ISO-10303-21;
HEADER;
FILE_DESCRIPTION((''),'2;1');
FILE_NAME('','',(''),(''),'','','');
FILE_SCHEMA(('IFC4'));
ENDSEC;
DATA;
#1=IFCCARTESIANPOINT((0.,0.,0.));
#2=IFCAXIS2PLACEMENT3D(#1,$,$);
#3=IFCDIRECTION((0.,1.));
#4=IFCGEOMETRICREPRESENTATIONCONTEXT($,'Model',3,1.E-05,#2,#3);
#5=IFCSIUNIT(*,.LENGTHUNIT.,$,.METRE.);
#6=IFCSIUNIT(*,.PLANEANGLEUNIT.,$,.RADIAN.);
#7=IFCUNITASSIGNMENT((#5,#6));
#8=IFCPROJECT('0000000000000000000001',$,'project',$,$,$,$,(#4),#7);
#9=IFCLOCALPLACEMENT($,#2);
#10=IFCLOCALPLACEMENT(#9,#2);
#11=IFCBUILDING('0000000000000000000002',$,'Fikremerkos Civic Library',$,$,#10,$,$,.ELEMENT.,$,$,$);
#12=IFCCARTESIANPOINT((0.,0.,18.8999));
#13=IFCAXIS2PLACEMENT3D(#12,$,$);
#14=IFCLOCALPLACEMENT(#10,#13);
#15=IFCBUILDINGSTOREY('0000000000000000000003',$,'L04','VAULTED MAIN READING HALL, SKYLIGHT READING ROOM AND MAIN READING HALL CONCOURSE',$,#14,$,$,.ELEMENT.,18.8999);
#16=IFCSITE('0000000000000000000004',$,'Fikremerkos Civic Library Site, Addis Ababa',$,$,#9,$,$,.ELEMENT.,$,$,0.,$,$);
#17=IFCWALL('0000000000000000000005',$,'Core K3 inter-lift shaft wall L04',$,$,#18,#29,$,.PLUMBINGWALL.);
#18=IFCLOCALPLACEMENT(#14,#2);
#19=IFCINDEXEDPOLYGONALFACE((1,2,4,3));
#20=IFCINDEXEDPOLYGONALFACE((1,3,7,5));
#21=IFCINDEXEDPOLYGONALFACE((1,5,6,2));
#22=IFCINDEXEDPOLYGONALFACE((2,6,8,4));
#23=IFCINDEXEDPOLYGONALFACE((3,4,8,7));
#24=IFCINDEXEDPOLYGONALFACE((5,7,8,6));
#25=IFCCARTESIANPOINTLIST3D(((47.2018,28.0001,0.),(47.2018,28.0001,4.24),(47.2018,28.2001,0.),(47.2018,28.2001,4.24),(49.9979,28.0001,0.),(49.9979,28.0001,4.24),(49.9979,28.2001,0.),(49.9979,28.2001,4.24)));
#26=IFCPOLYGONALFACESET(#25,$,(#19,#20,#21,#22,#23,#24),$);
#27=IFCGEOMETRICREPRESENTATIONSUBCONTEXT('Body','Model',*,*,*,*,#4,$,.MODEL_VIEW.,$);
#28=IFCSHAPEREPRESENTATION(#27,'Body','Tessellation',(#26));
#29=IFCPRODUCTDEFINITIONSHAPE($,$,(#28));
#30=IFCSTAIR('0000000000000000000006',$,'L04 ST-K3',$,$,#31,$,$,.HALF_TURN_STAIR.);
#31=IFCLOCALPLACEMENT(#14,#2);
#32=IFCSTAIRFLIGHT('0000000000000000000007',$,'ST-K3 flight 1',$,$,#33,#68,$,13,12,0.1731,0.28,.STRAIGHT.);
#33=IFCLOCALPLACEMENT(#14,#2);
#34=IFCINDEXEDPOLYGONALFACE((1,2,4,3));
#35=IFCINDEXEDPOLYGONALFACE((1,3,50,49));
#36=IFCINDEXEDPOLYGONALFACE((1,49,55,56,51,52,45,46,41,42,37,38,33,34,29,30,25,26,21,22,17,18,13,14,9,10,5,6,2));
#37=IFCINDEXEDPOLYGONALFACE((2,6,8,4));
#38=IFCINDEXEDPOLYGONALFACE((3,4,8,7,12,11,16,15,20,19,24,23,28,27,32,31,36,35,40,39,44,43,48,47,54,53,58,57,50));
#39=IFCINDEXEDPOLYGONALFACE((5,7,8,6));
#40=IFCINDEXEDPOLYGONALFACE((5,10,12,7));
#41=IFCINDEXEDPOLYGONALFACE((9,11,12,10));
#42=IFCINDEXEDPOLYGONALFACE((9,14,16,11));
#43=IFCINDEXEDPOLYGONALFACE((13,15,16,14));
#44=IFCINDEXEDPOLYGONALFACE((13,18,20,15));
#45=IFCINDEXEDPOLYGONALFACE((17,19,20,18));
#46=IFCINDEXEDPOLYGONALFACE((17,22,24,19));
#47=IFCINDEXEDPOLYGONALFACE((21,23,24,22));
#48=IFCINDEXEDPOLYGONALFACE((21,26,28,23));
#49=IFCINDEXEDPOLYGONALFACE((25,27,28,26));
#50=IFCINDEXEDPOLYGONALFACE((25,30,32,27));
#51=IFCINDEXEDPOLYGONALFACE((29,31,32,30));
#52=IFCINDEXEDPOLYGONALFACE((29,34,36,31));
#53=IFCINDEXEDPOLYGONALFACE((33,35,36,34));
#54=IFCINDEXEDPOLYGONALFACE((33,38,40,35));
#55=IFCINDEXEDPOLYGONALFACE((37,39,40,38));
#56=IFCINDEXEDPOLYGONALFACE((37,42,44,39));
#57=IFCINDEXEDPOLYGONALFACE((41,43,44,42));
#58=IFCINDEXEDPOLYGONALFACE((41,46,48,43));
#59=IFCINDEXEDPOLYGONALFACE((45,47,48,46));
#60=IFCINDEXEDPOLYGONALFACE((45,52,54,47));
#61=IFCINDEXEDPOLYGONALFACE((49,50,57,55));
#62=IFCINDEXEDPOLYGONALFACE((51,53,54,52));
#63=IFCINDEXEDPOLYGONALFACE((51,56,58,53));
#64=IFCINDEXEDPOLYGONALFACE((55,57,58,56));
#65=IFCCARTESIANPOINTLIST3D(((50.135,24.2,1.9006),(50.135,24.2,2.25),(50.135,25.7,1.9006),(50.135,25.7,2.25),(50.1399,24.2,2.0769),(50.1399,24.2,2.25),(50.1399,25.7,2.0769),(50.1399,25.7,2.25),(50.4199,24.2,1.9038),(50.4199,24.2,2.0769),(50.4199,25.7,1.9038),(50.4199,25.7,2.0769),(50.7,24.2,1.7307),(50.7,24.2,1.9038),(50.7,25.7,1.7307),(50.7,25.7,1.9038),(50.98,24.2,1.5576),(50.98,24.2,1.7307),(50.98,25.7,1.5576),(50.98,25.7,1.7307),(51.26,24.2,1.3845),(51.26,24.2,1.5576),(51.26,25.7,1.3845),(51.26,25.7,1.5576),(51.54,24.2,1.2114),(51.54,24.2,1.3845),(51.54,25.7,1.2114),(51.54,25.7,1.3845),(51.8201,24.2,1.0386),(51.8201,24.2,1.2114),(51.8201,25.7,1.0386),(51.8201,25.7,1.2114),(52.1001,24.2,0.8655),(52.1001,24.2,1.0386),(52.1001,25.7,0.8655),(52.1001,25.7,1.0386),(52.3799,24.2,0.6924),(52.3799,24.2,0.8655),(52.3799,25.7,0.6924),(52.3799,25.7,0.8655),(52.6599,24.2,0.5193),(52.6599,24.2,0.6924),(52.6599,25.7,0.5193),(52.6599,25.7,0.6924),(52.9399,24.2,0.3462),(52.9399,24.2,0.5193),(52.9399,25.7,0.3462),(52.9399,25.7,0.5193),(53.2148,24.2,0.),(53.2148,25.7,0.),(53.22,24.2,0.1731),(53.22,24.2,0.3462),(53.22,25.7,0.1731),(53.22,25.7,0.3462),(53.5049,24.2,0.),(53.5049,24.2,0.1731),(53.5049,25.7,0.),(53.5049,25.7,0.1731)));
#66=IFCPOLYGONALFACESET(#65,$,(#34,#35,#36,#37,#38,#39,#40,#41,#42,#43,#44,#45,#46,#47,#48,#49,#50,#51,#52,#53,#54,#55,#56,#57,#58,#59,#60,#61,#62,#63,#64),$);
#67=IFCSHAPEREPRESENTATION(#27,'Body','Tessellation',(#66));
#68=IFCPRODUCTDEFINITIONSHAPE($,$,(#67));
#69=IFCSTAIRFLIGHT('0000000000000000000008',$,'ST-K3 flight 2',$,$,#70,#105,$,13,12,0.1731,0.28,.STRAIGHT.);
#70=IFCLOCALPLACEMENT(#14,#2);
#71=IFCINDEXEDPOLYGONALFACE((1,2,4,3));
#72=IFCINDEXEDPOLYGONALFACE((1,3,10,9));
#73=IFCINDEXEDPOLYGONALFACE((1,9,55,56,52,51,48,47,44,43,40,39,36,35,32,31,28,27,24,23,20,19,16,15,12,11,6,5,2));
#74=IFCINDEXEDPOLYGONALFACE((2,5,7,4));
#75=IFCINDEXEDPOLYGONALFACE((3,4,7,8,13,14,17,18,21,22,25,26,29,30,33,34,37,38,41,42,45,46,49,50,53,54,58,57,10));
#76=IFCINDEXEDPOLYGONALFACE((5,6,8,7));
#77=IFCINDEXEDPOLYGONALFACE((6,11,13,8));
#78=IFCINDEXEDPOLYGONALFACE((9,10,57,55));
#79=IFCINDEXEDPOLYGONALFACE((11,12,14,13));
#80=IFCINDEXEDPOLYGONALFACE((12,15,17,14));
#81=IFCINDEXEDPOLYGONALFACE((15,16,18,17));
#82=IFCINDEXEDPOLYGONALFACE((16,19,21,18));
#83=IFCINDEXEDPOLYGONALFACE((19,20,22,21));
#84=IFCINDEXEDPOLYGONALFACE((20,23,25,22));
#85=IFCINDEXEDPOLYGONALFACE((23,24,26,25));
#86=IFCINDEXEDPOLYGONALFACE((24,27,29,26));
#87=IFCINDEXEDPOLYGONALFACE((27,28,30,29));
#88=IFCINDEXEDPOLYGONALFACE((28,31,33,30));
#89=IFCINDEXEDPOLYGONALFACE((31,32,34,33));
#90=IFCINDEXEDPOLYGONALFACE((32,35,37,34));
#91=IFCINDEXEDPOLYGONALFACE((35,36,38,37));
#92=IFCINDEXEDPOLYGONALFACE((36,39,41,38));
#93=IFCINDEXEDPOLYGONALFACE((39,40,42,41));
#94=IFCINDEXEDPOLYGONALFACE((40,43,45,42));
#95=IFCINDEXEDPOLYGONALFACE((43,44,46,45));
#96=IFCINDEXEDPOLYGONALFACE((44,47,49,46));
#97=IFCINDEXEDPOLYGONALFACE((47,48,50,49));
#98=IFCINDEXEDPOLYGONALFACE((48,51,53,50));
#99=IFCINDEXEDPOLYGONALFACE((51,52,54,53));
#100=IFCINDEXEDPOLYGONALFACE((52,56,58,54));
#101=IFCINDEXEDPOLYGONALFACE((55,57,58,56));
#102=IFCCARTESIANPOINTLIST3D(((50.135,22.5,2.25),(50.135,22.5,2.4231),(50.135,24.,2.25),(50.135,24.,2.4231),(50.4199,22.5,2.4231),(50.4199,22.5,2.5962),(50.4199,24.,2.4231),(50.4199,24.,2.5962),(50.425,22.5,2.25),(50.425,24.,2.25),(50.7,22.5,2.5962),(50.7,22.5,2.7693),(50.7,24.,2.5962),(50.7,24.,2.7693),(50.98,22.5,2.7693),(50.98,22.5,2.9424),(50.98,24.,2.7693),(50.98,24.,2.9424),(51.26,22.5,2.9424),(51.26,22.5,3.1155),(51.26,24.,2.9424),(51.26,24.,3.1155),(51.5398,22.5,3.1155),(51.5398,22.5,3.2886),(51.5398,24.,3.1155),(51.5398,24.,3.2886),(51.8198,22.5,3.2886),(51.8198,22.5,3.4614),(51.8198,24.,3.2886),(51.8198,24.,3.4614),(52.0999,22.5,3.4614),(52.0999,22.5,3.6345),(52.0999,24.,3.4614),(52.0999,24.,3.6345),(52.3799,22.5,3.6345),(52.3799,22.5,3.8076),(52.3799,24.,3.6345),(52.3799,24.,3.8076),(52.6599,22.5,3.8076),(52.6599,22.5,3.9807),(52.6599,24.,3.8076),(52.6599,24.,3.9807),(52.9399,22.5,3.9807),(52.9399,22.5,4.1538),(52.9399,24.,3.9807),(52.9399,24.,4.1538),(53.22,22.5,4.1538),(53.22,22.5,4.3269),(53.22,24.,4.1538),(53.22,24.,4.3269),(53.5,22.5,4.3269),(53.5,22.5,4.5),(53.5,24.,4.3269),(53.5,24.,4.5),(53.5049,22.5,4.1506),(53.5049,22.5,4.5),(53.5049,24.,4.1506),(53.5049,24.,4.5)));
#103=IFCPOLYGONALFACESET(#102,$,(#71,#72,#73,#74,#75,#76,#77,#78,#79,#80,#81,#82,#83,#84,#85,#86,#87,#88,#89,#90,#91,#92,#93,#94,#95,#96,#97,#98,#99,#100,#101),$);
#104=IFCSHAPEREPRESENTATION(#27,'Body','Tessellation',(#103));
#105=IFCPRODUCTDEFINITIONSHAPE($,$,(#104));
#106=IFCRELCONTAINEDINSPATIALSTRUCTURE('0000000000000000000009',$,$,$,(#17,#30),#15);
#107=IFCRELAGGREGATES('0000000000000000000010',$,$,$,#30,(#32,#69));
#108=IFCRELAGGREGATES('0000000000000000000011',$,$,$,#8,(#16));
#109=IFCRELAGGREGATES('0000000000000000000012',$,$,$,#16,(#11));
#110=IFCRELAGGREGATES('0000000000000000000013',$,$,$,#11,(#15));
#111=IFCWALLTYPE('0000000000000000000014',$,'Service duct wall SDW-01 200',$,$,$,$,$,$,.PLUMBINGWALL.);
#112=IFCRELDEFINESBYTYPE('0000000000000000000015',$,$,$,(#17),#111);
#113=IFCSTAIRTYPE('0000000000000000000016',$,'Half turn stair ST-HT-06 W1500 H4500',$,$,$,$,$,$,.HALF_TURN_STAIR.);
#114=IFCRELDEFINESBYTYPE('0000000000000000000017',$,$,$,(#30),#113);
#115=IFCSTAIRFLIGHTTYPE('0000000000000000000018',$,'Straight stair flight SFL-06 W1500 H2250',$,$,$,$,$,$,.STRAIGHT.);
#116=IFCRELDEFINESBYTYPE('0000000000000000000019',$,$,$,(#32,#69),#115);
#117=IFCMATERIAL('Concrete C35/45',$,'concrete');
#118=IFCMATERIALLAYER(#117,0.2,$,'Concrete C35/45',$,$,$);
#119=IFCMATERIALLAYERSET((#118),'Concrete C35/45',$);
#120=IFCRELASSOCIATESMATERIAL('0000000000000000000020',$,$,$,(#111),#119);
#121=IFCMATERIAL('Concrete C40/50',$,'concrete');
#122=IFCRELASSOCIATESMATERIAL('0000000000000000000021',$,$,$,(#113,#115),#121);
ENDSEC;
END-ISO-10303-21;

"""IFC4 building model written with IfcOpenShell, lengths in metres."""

from ifc_helpers import new_model, si_unit, direction, frame, frame_2d, origin, place, context, subcontext, project, spatial, polyline, rectangle, outline, extrude, material, layer, layer_set, type_object, element, aggregate, save


model = new_model("IFC4")

# Units and contexts
model_context = context("Model", 3, precision=1e-05, world=origin(), true_north=direction((0.0, 1.0)))
body_context = subcontext(model_context, "Body", "Model", "MODEL_VIEW")
ifc_project = project(units=[si_unit("LENGTHUNIT", "METRE"), si_unit("PLANEANGLEUNIT", "RADIAN")], contexts=[model_context])

# Site, building, storey
site_placement = place(None, origin())
site = spatial("IfcSite", under=ifc_project, at=site_placement, Name="Fikremerkos Civic Library Site, Addis Ababa", CompositionType="ELEMENT", RefElevation=0.0)
building_placement = place(site_placement, origin())
building = spatial("IfcBuilding", under=site, at=building_placement, Name="Fikremerkos Civic Library", CompositionType="ELEMENT")
storey_placement = place(building_placement, frame((0.0, 0.0, 18.8999)))
storey = spatial("IfcBuildingStorey", under=building, at=storey_placement, Name="L04", Description="VAULTED MAIN READING HALL, SKYLIGHT READING ROOM AND MAIN READING HALL CONCOURSE", CompositionType="ELEMENT", Elevation=18.8999)

# Shared definitions
ifc_material_1 = material(Name="Concrete C40/50", Category="concrete")

# Wall
ifc_material_2 = material(Name="Concrete C35/45", Category="concrete")
ifc_layer_1 = layer(ifc_material_2, 0.2, Name="Concrete C35/45")
ifc_layer_set_1 = layer_set([ifc_layer_1], Name="Concrete C35/45")
wall_type_1 = type_object("IfcWallType", Name="Service duct wall SDW-01 200", PredefinedType="PLUMBINGWALL", material=ifc_layer_set_1)
wall_1_placement = place(storey_placement, frame((47.2019, 28.1001, 0.0), z_axis=(0.0, 0.0, 1.0), x_axis=(1.0, 0.0, 0.0)))
element("IfcWall", 1, at=wall_1_placement, inside=storey, type_object=wall_type_1, Name="Core K3 inter-lift shaft wall L04", PredefinedType="PLUMBINGWALL", context=body_context, shape_type="SweptSolid", body=[
    extrude(rectangle(XDim=2.7961, YDim=0.2, at=frame_2d((1.3979, 0.0))), origin(), (0.0, 0.0, 1.0), 4.24),
])

# Stair, stair flights
stair_type = type_object("IfcStairType", Name="Half turn stair ST-HT-06 W1500 H4500", PredefinedType="HALF_TURN_STAIR", material=ifc_material_1)
stair_placement = place(storey_placement, origin())
stair = element("IfcStair", 2, at=stair_placement, inside=storey, type_object=stair_type, Name="L04 ST-K3", PredefinedType="HALF_TURN_STAIR")
stair_flight_type = type_object("IfcStairFlightType", Name="Straight stair flight SFL-06 W1500 H2250", PredefinedType="STRAIGHT", material=ifc_material_1)
stair_flight_1_placement = place(storey_placement, frame((53.5, 24.95, 0.0), z_axis=(0.0, 0.0, 1.0), x_axis=(-1.0, 0.0, 0.0)))
stair_flight_1 = element("IfcStairFlight", 3, at=stair_flight_1_placement, type_object=stair_flight_type, Name="ST-K3 flight 1", NumberOfRisers=13, NumberOfTreads=12, PredefinedType="STRAIGHT", RiserHeight=0.1731, TreadLength=0.28, context=body_context, shape_type="SweptSolid", body=[
    extrude(outline(polyline([(-0.0049, 0.0), (-0.0049, 0.1731), (0.28, 0.1731), (0.28, 0.3462), (0.5601, 0.3462), (0.5601, 0.5193), (0.8401, 0.5193), (0.8401, 0.6924), (1.1201, 0.6924), (1.1201, 0.8655), (1.3999, 0.8655), (1.3999, 1.0386), (1.6799, 1.0386), (1.6799, 1.2114), (1.96, 1.2114), (1.96, 1.3845), (2.24, 1.3845), (2.24, 1.5576), (2.52, 1.5576), (2.52, 1.7307), (2.8, 1.7307), (2.8, 1.9038), (3.0801, 1.9038), (3.0801, 2.0769), (3.3601, 2.0769), (3.3601, 2.25), (3.365, 2.25), (3.365, 1.9006), (0.2852, 0.0), (-0.0049, 0.0)])), frame((0.0, 0.75, 0.0), z_axis=(0.0, -1.0, 0.0), x_axis=(1.0, 0.0, 0.0)), (0.0, 0.0, 1.0), 1.5),
])
stair_flight_2_placement = place(storey_placement, frame((50.1399, 23.25, 2.25), z_axis=(0.0, 0.0, 1.0), x_axis=(1.0, 0.0, 0.0)))
stair_flight_2 = element("IfcStairFlight", 4, at=stair_flight_2_placement, type_object=stair_flight_type, Name="ST-K3 flight 2", NumberOfRisers=13, NumberOfTreads=12, PredefinedType="STRAIGHT", RiserHeight=0.1731, TreadLength=0.28, context=body_context, shape_type="SweptSolid", body=[
    extrude(outline(polyline([(-0.0049, 0.0), (-0.0049, 0.1731), (0.28, 0.1731), (0.28, 0.3462), (0.5601, 0.3462), (0.5601, 0.5193), (0.8401, 0.5193), (0.8401, 0.6924), (1.1201, 0.6924), (1.1201, 0.8655), (1.3999, 0.8655), (1.3999, 1.0386), (1.6799, 1.0386), (1.6799, 1.2114), (1.96, 1.2114), (1.96, 1.3845), (2.24, 1.3845), (2.24, 1.5576), (2.52, 1.5576), (2.52, 1.7307), (2.8, 1.7307), (2.8, 1.9038), (3.0801, 1.9038), (3.0801, 2.0769), (3.3601, 2.0769), (3.3601, 2.25), (3.365, 2.25), (3.365, 1.9006), (0.2852, 0.0), (-0.0049, 0.0)])), frame((0.0, 0.75, 0.0), z_axis=(0.0, -1.0, 0.0), x_axis=(1.0, 0.0, 0.0)), (0.0, 0.0, 1.0), 1.5),
])
aggregate(stair, [stair_flight_1, stair_flight_2])

save(model, "model.ifc")
